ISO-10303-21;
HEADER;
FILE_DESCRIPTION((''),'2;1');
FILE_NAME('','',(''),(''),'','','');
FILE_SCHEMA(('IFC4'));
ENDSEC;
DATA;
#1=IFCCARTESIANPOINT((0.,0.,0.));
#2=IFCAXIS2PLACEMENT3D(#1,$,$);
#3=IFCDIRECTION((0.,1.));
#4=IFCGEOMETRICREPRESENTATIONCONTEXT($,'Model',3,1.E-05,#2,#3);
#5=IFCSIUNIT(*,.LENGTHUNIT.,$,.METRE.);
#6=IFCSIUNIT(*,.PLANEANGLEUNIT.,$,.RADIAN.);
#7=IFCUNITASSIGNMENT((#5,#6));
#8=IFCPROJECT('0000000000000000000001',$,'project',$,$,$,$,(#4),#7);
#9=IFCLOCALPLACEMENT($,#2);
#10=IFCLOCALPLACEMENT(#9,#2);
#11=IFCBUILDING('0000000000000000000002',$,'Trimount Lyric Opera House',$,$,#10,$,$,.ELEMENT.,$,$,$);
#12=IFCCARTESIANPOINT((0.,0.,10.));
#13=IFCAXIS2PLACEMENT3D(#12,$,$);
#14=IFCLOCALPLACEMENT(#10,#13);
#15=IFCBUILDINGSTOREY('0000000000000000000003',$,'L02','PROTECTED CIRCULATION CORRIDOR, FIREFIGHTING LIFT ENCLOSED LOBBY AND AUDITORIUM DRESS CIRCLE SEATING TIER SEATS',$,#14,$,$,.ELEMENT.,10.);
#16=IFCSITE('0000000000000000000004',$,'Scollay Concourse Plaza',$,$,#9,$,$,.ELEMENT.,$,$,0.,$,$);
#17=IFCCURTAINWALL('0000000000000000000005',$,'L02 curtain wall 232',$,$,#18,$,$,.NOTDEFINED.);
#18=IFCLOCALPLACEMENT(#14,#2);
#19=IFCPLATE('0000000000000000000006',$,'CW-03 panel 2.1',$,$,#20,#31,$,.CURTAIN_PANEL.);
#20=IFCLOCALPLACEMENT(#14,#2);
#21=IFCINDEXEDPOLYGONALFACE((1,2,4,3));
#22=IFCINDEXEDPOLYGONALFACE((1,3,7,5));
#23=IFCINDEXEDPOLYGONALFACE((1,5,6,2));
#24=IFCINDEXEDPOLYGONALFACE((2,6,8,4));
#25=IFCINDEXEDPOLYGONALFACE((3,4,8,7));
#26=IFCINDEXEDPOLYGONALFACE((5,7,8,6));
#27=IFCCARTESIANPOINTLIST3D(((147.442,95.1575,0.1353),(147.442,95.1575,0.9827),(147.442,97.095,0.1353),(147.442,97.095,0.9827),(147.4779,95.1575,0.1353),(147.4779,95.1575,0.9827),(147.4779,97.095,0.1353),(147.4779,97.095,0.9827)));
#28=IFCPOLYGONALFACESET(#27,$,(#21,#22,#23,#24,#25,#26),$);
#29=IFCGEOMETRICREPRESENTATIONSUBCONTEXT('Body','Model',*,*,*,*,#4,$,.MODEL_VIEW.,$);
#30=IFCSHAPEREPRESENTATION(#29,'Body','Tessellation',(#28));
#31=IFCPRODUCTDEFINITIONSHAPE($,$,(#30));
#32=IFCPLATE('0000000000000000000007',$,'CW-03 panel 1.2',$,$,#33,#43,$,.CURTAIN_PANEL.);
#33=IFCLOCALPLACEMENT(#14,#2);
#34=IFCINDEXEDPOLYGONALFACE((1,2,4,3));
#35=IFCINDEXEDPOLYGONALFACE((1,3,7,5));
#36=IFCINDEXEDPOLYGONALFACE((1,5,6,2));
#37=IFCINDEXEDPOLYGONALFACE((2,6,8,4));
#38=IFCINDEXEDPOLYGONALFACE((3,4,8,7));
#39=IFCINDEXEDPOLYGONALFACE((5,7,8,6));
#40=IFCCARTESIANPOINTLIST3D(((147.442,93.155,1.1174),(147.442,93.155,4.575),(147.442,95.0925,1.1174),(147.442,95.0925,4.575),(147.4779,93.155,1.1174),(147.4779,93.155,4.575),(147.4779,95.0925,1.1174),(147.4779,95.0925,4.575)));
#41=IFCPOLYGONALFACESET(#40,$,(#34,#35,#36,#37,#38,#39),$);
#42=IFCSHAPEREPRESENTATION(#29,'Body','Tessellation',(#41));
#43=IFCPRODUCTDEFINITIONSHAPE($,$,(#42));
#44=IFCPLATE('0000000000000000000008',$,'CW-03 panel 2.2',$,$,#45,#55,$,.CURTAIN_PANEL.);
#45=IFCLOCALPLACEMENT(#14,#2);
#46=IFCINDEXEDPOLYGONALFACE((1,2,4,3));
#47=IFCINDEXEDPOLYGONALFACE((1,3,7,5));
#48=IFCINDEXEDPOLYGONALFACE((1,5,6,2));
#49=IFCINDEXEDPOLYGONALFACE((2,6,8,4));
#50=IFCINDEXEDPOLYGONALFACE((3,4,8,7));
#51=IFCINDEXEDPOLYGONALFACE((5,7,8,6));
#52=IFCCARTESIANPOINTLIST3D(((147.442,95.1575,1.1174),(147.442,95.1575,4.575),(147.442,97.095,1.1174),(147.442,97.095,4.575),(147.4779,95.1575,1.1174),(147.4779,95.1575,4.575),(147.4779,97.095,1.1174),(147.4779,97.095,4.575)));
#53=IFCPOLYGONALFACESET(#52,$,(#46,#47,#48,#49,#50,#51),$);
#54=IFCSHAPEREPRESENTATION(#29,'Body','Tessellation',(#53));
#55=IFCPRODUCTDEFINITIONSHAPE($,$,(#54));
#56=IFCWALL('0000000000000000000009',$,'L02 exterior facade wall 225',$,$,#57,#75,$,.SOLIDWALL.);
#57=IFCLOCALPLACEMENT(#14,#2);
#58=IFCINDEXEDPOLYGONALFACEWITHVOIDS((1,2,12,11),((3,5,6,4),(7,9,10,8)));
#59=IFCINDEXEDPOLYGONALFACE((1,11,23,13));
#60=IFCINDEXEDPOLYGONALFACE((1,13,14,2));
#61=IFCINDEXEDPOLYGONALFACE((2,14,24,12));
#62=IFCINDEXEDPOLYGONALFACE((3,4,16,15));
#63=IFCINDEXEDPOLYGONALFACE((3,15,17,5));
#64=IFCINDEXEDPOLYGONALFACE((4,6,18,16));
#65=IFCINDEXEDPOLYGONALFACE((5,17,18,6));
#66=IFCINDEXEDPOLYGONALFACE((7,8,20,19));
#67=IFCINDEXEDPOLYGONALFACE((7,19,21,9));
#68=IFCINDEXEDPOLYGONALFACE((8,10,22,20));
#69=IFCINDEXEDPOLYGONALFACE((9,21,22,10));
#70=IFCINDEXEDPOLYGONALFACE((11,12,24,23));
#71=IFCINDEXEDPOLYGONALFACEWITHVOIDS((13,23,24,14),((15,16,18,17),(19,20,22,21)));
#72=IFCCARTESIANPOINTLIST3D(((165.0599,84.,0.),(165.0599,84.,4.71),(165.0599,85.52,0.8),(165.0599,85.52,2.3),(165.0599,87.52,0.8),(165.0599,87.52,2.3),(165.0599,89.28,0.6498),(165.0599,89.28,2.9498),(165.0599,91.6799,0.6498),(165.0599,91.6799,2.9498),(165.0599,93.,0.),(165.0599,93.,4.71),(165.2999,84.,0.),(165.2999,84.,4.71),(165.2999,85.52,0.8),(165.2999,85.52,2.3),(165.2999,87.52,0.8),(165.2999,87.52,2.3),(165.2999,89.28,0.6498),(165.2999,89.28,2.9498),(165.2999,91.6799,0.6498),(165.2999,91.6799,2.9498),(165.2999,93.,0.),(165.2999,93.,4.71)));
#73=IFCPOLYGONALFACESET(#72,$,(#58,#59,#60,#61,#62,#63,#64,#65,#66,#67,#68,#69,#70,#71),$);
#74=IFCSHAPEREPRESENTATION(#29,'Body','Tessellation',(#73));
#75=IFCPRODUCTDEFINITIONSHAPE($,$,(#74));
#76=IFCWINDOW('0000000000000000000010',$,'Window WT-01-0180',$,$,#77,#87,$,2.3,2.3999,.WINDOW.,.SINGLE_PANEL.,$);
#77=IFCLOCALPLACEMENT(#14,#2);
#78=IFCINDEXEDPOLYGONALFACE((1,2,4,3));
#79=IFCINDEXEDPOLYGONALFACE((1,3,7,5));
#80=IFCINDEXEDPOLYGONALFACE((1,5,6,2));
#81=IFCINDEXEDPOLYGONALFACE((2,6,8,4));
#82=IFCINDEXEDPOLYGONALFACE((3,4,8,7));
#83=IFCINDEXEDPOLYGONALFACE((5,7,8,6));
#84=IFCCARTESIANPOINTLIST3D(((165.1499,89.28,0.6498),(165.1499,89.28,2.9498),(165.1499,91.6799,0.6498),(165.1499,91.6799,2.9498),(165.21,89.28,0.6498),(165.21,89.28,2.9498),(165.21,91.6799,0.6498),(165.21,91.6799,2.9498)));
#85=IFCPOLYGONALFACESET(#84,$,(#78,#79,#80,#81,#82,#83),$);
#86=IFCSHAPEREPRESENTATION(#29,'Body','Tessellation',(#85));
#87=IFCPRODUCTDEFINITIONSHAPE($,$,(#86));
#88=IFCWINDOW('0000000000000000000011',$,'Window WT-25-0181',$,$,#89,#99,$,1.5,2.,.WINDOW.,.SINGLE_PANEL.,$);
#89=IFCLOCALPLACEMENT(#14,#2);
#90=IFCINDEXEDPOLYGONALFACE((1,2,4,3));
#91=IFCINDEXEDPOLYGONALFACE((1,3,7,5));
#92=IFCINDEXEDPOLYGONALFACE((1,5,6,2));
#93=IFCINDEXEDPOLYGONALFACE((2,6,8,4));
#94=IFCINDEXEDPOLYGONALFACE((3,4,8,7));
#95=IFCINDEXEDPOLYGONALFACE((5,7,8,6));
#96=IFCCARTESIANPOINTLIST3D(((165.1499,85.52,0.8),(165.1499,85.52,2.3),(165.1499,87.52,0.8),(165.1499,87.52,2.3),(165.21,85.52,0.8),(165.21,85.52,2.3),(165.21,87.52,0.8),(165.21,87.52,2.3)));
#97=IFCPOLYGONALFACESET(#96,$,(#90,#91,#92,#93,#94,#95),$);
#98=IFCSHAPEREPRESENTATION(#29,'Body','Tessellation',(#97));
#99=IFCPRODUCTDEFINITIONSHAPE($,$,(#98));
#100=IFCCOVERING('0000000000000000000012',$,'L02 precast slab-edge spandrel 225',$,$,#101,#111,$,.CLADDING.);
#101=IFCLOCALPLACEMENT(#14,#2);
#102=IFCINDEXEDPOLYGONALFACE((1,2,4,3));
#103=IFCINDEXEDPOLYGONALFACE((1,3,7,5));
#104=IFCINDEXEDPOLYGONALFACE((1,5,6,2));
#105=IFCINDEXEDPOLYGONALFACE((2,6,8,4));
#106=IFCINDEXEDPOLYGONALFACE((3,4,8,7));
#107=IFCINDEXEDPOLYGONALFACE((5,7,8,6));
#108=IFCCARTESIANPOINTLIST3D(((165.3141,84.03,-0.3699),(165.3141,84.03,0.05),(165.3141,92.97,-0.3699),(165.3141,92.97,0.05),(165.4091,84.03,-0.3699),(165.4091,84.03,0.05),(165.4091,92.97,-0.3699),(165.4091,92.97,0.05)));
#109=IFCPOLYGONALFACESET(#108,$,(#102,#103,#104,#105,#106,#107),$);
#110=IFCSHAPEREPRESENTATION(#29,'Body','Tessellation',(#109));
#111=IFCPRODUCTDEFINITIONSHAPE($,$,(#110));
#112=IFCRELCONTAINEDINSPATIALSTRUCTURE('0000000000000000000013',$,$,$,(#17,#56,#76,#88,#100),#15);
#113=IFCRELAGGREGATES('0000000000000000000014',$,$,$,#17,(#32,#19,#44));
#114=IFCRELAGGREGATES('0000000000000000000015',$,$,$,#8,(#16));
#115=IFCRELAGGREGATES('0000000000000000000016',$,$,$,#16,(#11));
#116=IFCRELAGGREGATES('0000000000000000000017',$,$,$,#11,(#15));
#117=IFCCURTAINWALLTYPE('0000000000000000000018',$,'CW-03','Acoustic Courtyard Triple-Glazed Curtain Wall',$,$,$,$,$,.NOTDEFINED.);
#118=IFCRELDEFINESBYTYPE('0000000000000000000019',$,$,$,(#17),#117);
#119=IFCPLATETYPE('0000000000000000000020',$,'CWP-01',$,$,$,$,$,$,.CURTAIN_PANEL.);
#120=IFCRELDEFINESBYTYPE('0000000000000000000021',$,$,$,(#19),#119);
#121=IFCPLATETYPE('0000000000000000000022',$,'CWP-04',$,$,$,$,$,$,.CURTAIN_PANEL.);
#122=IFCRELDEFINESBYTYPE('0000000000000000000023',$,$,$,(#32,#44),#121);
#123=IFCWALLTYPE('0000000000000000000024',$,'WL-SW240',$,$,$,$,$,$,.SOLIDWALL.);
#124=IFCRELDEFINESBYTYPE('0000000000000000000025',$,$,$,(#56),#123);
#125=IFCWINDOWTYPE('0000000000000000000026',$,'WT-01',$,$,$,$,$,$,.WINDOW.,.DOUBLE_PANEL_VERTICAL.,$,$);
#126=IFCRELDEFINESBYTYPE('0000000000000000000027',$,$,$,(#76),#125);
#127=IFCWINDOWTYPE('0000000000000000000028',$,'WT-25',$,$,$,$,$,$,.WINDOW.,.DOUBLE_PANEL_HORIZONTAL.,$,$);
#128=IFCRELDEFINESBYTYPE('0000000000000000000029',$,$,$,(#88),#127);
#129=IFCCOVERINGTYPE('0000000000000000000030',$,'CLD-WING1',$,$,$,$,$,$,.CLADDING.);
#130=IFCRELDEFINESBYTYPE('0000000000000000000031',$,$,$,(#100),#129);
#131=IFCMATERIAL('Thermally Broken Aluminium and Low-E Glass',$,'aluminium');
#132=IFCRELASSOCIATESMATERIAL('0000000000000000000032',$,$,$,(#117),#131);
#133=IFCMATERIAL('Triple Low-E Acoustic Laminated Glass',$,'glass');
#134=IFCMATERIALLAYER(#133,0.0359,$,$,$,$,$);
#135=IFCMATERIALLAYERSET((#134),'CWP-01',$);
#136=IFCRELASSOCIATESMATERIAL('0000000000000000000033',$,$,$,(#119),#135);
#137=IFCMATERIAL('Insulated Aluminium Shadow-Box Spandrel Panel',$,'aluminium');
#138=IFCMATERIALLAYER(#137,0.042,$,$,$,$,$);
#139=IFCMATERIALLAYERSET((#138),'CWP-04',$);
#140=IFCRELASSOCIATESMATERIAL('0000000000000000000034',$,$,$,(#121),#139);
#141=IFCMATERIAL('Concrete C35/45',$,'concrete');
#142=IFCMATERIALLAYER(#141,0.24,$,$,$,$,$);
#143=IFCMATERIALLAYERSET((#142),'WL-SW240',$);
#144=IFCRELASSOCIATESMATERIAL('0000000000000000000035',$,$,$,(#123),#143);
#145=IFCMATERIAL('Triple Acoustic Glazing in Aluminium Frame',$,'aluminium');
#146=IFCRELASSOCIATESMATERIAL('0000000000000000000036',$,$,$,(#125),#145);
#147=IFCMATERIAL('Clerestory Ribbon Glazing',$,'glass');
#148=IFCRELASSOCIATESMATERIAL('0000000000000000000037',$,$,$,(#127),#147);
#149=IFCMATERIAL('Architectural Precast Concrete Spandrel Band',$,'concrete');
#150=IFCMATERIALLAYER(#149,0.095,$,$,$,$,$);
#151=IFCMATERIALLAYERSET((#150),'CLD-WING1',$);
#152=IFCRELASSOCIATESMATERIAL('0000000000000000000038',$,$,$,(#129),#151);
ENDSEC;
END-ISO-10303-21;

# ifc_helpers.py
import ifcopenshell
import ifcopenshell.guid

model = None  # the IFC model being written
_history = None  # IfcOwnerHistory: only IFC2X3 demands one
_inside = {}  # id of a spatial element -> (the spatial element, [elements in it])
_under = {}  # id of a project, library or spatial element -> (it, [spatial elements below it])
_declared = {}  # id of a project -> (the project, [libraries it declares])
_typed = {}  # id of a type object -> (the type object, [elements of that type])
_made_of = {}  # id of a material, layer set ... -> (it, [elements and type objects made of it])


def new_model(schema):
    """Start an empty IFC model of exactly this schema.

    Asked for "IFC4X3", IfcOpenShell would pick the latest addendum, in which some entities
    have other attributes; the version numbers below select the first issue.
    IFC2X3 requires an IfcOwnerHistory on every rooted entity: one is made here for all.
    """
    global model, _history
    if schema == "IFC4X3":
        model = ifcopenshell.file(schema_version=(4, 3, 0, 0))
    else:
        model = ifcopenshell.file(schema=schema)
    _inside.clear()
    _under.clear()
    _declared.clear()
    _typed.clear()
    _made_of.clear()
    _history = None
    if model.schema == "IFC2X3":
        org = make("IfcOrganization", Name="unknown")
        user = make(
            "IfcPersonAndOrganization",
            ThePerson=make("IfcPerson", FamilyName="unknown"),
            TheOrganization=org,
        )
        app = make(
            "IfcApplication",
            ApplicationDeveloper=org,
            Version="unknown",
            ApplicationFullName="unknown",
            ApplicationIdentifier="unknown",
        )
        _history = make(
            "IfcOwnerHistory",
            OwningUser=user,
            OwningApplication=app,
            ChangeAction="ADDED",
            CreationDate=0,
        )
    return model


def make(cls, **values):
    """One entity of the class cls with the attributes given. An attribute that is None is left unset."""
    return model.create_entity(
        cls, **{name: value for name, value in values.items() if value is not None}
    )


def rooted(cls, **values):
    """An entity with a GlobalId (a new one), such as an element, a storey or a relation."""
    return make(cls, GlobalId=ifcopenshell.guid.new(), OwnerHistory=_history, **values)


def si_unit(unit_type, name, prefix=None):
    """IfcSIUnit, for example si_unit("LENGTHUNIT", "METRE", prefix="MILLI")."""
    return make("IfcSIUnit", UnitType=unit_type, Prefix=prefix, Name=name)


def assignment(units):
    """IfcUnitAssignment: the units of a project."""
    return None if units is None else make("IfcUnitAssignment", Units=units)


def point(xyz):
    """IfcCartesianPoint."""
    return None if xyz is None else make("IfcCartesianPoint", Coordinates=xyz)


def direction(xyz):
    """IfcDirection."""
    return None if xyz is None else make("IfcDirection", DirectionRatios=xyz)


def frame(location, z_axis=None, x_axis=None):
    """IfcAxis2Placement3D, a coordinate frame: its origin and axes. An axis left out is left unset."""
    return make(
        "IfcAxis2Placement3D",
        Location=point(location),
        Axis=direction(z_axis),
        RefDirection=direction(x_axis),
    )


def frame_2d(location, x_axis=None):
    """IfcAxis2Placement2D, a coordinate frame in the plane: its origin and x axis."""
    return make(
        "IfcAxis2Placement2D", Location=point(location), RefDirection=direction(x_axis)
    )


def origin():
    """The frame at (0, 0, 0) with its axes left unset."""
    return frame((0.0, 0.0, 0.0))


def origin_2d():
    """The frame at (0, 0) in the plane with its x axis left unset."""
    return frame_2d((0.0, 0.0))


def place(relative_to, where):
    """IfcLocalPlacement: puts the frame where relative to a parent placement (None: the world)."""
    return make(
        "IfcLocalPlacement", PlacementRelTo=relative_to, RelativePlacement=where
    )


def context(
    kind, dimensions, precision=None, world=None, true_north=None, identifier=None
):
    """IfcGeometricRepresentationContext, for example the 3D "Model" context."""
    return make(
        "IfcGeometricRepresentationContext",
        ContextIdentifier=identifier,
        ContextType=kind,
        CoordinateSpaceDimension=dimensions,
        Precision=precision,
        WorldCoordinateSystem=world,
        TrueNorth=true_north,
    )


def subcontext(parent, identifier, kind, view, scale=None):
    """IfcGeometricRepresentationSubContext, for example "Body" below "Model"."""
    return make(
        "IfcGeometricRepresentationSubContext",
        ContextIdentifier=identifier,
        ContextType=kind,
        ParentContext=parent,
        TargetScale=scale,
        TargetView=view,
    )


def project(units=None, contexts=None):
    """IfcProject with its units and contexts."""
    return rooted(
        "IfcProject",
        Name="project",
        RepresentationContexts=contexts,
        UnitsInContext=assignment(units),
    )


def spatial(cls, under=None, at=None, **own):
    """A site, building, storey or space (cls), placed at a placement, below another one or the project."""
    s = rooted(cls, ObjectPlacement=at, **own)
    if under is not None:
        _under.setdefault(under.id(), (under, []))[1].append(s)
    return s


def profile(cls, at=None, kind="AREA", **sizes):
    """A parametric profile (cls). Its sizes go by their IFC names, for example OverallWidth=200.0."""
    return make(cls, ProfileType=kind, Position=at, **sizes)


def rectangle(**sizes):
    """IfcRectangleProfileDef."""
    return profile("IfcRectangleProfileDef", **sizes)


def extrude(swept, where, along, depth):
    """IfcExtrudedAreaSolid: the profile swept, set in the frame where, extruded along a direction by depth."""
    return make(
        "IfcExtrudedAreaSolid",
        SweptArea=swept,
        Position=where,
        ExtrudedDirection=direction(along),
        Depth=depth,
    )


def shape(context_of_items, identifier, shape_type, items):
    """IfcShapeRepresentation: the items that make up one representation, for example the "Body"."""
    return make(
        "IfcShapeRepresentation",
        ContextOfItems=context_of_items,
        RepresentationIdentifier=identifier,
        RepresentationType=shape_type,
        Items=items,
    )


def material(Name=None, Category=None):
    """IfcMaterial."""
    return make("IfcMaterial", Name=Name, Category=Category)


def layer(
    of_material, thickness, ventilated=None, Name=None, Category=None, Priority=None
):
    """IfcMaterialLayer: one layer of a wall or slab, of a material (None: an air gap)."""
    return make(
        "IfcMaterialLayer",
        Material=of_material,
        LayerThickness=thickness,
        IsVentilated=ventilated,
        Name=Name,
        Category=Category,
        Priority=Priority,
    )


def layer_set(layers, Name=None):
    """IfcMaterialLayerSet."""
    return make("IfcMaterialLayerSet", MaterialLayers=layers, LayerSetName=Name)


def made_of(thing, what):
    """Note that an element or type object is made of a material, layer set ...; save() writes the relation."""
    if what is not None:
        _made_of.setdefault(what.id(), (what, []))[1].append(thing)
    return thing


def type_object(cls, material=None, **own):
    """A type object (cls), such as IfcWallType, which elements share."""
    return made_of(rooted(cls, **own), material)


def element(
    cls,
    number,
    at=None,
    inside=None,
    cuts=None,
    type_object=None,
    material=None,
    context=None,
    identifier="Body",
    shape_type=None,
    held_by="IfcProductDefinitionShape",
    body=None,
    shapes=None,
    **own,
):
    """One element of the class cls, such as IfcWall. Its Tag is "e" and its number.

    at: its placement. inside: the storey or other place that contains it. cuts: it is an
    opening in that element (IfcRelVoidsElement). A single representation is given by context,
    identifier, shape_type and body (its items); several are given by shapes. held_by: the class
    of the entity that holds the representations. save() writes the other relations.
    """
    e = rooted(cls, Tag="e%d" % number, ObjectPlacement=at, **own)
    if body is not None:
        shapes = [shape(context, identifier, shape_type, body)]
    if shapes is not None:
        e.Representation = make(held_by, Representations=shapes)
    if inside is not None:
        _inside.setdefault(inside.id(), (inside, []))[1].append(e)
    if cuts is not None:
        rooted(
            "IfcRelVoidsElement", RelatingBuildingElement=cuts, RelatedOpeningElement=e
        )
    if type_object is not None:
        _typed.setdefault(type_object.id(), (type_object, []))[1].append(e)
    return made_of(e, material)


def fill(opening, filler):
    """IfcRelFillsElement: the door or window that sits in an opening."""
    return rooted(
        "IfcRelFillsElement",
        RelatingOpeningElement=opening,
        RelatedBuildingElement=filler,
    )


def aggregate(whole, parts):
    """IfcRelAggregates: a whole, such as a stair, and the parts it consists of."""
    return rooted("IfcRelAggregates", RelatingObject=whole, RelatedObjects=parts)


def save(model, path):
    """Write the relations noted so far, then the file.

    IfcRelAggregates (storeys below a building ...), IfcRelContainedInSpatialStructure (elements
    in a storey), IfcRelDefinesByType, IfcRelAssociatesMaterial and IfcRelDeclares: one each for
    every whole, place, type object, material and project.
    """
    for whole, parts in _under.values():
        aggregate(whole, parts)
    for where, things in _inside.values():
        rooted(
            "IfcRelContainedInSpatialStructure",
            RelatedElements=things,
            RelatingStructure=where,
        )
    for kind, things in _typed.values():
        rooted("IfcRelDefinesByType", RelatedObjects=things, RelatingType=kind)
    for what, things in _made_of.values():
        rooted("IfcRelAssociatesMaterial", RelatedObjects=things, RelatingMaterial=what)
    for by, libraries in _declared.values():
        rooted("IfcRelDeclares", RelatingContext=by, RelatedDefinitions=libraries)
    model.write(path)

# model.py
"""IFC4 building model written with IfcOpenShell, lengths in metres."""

from ifc_helpers import new_model, si_unit, direction, frame, frame_2d, origin, origin_2d, place, context, subcontext, project, spatial, rectangle, extrude, material, layer, layer_set, type_object, element, fill, aggregate, save


model = new_model("IFC4")

# Units and contexts
model_context = context("Model", 3, precision=1e-05, world=origin(), true_north=direction((0.0, 1.0)))
body_context = subcontext(model_context, "Body", "Model", "MODEL_VIEW")
ifc_project = project(units=[si_unit("LENGTHUNIT", "METRE"), si_unit("PLANEANGLEUNIT", "RADIAN")], contexts=[model_context])

# Site, building, storey
site_placement = place(None, origin())
site = spatial("IfcSite", under=ifc_project, at=site_placement, Name="Scollay Concourse Plaza", CompositionType="ELEMENT", RefElevation=0.0)
building_placement = place(site_placement, origin())
building = spatial("IfcBuilding", under=site, at=building_placement, Name="Trimount Lyric Opera House", CompositionType="ELEMENT")
storey_placement = place(building_placement, frame((0.0, 0.0, 10.0)))
storey = spatial("IfcBuildingStorey", under=building, at=storey_placement, Name="L02", Description="PROTECTED CIRCULATION CORRIDOR, FIREFIGHTING LIFT ENCLOSED LOBBY AND AUDITORIUM DRESS CIRCLE SEATING TIER SEATS", CompositionType="ELEMENT", Elevation=10.0)

# Curtain wall
ifc_material_1 = material(Name="Thermally Broken Aluminium and Low-E Glass", Category="aluminium")
curtain_wall_type = type_object("IfcCurtainWallType", Name="CW-03", Description="Acoustic Courtyard Triple-Glazed Curtain Wall", PredefinedType="NOTDEFINED", material=ifc_material_1)
curtain_wall_1_placement = place(storey_placement, origin())
curtain_wall_1 = element("IfcCurtainWall", 1, at=curtain_wall_1_placement, inside=storey, type_object=curtain_wall_type, Name="L02 curtain wall 232", PredefinedType="NOTDEFINED")

# Plates
ifc_material_2 = material(Name="Triple Low-E Acoustic Laminated Glass", Category="glass")
ifc_layer_1 = layer(ifc_material_2, 0.0359)
ifc_layer_set_1 = layer_set([ifc_layer_1], Name="CWP-01")
plate_type_1 = type_object("IfcPlateType", Name="CWP-01", PredefinedType="CURTAIN_PANEL", material=ifc_layer_set_1)
plate_1_placement = place(storey_placement, frame((147.46, 96.1262, 0.1353), z_axis=(0.0, 0.0, 1.0), x_axis=(0.0, 1.0, 0.0)))
plate_1 = element("IfcPlate", 2, at=plate_1_placement, type_object=plate_type_1, Name="CW-03 panel 2.1", PredefinedType="CURTAIN_PANEL", context=body_context, shape_type="SweptSolid", body=[
    extrude(rectangle(XDim=1.9375, YDim=0.0359, at=origin_2d()), origin(), (0.0, 0.0, 1.0), 0.8474),
])
ifc_material_3 = material(Name="Insulated Aluminium Shadow-Box Spandrel Panel", Category="aluminium")
ifc_layer_2 = layer(ifc_material_3, 0.042)
ifc_layer_set_2 = layer_set([ifc_layer_2], Name="CWP-04")
plate_type_2 = type_object("IfcPlateType", Name="CWP-04", PredefinedType="CURTAIN_PANEL", material=ifc_layer_set_2)
plate_2_placement = place(storey_placement, frame((147.46, 94.1238, 1.1174), z_axis=(0.0, 0.0, 1.0), x_axis=(0.0, 1.0, 0.0)))
plate_2 = element("IfcPlate", 3, at=plate_2_placement, type_object=plate_type_2, Name="CW-03 panel 1.2", PredefinedType="CURTAIN_PANEL", context=body_context, shape_type="SweptSolid", body=[
    extrude(rectangle(XDim=1.9375, YDim=0.0359, at=origin_2d()), origin(), (0.0, 0.0, 1.0), 3.4575),
])
plate_3_placement = place(storey_placement, frame((147.46, 96.1262, 1.1174), z_axis=(0.0, 0.0, 1.0), x_axis=(0.0, 1.0, 0.0)))
plate_3 = element("IfcPlate", 4, at=plate_3_placement, type_object=plate_type_2, Name="CW-03 panel 2.2", PredefinedType="CURTAIN_PANEL", context=body_context, shape_type="SweptSolid", body=[
    extrude(rectangle(XDim=1.9375, YDim=0.0359, at=origin_2d()), origin(), (0.0, 0.0, 1.0), 3.4575),
])
aggregate(curtain_wall_1, [plate_2, plate_1, plate_3])

# Wall, openings, windows
ifc_material_4 = material(Name="Concrete C35/45", Category="concrete")
ifc_layer_3 = layer(ifc_material_4, 0.24)
ifc_layer_set_3 = layer_set([ifc_layer_3], Name="WL-SW240")
wall_type = type_object("IfcWallType", Name="WL-SW240", PredefinedType="SOLIDWALL", material=ifc_layer_set_3)
wall_placement = place(storey_placement, frame((165.1799, 93.0, 0.0), z_axis=(0.0, 0.0, 1.0), x_axis=(0.0, -1.0, 0.0)))
wall = element("IfcWall", 5, at=wall_placement, inside=storey, type_object=wall_type, Name="L02 exterior facade wall 225", PredefinedType="SOLIDWALL", context=body_context, shape_type="SweptSolid", body=[
    extrude(rectangle(XDim=9.0, YDim=0.24, at=frame_2d((4.5, 0.0))), origin(), (0.0, 0.0, 1.0), 4.71),
])
opening_1_placement = place(wall_placement, frame((1.3201, 0.0, 0.6499)))
opening_1 = element("IfcOpeningElement", 6, at=opening_1_placement, cuts=wall, PredefinedType="OPENING", context=body_context, shape_type="SweptSolid", body=[
    extrude(rectangle(XDim=2.3999, YDim=2.3, at=frame_2d((1.2, 1.1499))), frame((0.0, 0.1299, 0.0), z_axis=(0.0, -1.0, 0.0), x_axis=(1.0, 0.0, 0.0)), (0.0, 0.0, 1.0), 0.26),
])
opening_2_placement = place(wall_placement, frame((5.48, 0.0, 0.8)))
opening_2 = element("IfcOpeningElement", 7, at=opening_2_placement, cuts=wall, PredefinedType="OPENING", context=body_context, shape_type="SweptSolid", body=[
    extrude(rectangle(XDim=2.0, YDim=1.5, at=frame_2d((1.0, 0.75))), frame((0.0, 0.1299, 0.0), z_axis=(0.0, -1.0, 0.0), x_axis=(1.0, 0.0, 0.0)), (0.0, 0.0, 1.0), 0.26),
])
ifc_material_5 = material(Name="Triple Acoustic Glazing in Aluminium Frame", Category="aluminium")
window_type_1 = type_object("IfcWindowType", Name="WT-01", PartitioningType="DOUBLE_PANEL_VERTICAL", PredefinedType="WINDOW", material=ifc_material_5)
window_1_placement = place(opening_1_placement, origin())
window_1 = element("IfcWindow", 8, at=window_1_placement, inside=storey, type_object=window_type_1, Name="Window WT-01-0180", OverallHeight=2.3, OverallWidth=2.3999, PartitioningType="SINGLE_PANEL", PredefinedType="WINDOW", context=body_context, shape_type="SweptSolid", body=[
    extrude(rectangle(XDim=2.3999, YDim=2.3, at=frame_2d((1.2, 1.1499))), frame((0.0, 0.03, 0.0), z_axis=(0.0, -1.0, 0.0), x_axis=(1.0, 0.0, 0.0)), (0.0, 0.0, 1.0), 0.0601),
])
fill(opening_1, window_1)
ifc_material_6 = material(Name="Clerestory Ribbon Glazing", Category="glass")
window_type_2 = type_object("IfcWindowType", Name="WT-25", PartitioningType="DOUBLE_PANEL_HORIZONTAL", PredefinedType="WINDOW", material=ifc_material_6)
window_2_placement = place(opening_2_placement, origin())
window_2 = element("IfcWindow", 9, at=window_2_placement, inside=storey, type_object=window_type_2, Name="Window WT-25-0181", OverallHeight=1.5, OverallWidth=2.0, PartitioningType="SINGLE_PANEL", PredefinedType="WINDOW", context=body_context, shape_type="SweptSolid", body=[
    extrude(rectangle(XDim=2.0, YDim=1.5, at=frame_2d((1.0, 0.75))), frame((0.0, 0.03, 0.0), z_axis=(0.0, -1.0, 0.0), x_axis=(1.0, 0.0, 0.0)), (0.0, 0.0, 1.0), 0.0601),
])
fill(opening_2, window_2)

# Covering
ifc_material_7 = material(Name="Architectural Precast Concrete Spandrel Band", Category="concrete")
ifc_layer_4 = layer(ifc_material_7, 0.095)
ifc_layer_set_4 = layer_set([ifc_layer_4], Name="CLD-WING1")
covering_type = type_object("IfcCoveringType", Name="CLD-WING1", PredefinedType="CLADDING", material=ifc_layer_set_4)
covering_placement = place(storey_placement, frame((165.3616, 88.5, -0.3699), z_axis=(0.0, 0.0, 1.0), x_axis=(0.0, -1.0, 0.0)))
element("IfcCovering", 10, at=covering_placement, inside=storey, type_object=covering_type, Name="L02 precast slab-edge spandrel 225", PredefinedType="CLADDING", context=body_context, shape_type="SweptSolid", body=[
    extrude(rectangle(XDim=8.9399, YDim=0.095, at=origin_2d()), origin(), (0.0, 0.0, 1.0), 0.4199),
])

save(model, "model.ifc")
